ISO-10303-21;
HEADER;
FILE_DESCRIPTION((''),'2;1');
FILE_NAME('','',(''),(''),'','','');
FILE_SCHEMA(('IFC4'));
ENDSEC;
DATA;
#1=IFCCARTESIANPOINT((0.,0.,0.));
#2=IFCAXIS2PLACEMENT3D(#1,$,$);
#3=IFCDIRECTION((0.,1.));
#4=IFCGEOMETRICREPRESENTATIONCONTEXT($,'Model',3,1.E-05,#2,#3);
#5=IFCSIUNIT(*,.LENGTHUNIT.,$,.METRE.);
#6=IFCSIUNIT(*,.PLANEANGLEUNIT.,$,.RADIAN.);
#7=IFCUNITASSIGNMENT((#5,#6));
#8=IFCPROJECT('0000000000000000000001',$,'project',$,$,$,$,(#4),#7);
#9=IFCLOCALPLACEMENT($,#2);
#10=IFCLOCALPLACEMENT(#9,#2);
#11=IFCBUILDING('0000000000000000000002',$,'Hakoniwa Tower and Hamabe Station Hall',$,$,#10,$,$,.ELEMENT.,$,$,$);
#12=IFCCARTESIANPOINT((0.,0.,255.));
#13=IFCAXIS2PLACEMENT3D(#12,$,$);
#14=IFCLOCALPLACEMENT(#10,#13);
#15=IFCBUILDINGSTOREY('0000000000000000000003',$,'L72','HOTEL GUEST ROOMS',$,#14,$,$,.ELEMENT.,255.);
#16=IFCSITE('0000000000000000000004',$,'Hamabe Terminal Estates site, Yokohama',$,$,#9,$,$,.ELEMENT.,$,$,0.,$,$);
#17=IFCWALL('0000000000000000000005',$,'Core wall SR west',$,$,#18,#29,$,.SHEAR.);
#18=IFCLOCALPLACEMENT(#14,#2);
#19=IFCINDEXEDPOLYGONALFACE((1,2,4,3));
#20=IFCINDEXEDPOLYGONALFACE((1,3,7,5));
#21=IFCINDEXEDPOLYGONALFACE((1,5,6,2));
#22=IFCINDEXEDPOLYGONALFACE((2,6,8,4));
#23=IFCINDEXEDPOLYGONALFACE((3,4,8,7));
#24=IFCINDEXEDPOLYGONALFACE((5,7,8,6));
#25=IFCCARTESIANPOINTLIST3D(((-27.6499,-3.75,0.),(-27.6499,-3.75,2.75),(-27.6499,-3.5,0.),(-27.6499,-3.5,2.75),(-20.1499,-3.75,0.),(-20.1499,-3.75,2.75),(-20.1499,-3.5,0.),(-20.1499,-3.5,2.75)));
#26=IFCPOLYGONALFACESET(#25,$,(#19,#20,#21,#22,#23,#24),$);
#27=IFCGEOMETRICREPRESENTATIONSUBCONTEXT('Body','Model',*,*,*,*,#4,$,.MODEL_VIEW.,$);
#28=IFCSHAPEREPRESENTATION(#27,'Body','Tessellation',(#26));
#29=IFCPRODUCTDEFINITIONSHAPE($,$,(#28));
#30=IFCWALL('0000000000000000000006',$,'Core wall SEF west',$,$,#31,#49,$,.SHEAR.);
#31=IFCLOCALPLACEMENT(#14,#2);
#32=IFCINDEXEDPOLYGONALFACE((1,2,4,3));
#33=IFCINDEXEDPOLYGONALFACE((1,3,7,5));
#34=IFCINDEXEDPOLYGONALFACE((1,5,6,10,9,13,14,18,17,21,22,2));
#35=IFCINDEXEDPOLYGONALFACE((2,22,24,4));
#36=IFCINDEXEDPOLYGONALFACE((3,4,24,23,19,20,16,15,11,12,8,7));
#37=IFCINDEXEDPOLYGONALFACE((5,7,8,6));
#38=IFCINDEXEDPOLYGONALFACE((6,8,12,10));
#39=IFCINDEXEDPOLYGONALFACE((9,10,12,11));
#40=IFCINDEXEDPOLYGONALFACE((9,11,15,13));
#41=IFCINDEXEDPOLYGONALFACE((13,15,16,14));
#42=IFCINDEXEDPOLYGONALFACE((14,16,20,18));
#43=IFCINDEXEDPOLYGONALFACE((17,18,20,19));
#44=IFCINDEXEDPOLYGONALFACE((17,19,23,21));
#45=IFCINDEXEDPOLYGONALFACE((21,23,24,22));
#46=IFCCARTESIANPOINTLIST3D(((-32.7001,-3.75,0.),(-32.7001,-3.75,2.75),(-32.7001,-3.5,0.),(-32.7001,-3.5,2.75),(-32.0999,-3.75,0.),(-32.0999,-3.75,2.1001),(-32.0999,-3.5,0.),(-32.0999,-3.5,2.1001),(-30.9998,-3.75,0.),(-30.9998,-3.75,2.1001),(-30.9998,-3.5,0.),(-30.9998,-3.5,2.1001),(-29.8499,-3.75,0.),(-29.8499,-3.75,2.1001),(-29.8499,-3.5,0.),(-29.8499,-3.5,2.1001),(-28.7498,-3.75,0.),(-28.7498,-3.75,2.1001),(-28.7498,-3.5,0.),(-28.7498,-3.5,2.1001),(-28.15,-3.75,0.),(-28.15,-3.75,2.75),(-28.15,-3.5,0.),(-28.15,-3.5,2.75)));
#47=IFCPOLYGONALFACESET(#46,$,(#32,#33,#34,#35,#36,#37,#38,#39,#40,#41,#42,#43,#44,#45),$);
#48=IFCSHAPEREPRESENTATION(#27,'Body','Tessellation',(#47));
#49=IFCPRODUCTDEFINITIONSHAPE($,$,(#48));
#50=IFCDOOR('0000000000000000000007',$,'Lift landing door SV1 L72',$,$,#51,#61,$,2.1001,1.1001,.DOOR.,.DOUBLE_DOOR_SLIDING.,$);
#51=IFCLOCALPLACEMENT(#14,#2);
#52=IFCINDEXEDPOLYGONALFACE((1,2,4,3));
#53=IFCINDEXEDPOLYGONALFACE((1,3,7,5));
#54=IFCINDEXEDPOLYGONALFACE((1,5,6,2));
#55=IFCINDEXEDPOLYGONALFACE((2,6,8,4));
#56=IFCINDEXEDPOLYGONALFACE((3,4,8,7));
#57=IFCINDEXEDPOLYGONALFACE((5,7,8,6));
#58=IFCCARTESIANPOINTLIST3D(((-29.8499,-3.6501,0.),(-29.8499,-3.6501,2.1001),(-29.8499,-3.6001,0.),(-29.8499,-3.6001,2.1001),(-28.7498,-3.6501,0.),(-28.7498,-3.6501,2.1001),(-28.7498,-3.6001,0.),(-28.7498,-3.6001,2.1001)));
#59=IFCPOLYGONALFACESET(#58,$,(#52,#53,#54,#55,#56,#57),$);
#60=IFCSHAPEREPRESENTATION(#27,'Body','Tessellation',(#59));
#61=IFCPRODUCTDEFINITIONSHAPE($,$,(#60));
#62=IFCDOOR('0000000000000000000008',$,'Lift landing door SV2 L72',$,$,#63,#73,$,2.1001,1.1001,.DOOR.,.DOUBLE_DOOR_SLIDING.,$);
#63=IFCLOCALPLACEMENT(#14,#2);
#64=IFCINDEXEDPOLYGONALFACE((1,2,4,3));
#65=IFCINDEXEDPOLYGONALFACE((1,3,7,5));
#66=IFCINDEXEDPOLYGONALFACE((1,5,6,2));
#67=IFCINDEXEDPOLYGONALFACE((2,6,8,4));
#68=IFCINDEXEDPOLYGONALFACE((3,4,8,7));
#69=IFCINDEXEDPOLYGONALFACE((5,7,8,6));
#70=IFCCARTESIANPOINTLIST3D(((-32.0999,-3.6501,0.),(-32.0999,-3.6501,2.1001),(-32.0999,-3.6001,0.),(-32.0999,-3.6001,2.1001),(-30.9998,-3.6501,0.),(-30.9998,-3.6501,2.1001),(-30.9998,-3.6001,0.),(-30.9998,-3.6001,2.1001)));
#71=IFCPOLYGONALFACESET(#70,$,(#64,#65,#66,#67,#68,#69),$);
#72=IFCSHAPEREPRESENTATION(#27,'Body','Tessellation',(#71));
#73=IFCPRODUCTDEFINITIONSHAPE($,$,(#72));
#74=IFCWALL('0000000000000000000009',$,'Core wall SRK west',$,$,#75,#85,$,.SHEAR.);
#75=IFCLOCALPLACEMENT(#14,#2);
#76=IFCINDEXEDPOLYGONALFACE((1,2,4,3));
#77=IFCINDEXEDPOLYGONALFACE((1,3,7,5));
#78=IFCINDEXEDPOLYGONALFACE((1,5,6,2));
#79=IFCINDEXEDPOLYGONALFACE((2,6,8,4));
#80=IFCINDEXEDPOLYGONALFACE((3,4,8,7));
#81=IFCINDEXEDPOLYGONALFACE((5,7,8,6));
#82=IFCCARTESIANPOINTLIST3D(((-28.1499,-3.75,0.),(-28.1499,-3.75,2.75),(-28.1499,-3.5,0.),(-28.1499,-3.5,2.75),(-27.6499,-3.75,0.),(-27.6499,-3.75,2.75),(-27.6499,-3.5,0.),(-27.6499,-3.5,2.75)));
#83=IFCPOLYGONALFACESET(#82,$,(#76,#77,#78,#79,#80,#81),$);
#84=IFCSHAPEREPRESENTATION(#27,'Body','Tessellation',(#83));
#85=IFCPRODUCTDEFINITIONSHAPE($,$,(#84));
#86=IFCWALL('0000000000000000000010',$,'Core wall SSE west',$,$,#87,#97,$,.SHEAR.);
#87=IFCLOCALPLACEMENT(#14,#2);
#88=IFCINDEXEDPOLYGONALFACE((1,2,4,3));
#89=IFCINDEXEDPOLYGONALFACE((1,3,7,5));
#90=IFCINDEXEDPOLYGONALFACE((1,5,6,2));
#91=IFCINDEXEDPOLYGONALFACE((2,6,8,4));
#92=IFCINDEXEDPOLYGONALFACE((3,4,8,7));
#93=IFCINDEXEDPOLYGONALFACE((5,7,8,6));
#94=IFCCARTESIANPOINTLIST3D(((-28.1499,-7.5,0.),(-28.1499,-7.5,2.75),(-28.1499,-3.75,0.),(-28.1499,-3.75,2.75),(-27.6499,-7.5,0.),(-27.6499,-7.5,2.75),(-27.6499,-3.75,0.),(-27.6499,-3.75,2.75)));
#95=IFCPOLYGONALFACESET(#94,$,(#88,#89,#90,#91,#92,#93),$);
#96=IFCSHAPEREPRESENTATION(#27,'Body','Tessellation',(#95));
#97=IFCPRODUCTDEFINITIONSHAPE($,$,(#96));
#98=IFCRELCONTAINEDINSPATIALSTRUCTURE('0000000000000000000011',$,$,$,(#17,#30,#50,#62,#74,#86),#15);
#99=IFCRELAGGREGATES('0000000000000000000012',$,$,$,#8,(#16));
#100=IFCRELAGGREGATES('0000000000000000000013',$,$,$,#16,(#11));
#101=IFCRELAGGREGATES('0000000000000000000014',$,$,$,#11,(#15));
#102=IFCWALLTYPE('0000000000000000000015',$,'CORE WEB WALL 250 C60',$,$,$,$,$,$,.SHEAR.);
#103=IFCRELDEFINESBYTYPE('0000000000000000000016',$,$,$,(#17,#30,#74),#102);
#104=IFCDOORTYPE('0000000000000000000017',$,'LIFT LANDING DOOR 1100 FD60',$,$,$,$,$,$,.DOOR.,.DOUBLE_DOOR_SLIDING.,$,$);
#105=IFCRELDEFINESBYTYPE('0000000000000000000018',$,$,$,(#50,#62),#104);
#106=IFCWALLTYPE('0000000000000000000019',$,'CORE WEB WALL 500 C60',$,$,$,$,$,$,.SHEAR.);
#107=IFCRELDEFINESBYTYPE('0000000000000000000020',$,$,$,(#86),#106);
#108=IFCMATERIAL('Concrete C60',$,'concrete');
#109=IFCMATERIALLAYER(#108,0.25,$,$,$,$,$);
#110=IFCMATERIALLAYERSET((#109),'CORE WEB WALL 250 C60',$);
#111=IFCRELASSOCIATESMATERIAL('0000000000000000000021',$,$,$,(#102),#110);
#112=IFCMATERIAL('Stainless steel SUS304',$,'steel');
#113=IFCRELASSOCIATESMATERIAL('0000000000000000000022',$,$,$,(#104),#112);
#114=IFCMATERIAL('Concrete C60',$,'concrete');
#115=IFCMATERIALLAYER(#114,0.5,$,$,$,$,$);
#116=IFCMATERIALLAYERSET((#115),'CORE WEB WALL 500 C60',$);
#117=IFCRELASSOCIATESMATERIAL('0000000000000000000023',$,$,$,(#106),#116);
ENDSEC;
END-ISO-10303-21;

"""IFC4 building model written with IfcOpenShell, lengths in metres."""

from ifc_helpers import new_model, si_unit, direction, frame, frame_2d, origin, place, context, subcontext, project, spatial, rectangle, extrude, material, layer, layer_set, type_object, element, fill, save


model = new_model("IFC4")

# Units and contexts
model_context = context("Model", 3, precision=1e-05, world=origin(), true_north=direction((0.0, 1.0)))
body_context = subcontext(model_context, "Body", "Model", "MODEL_VIEW")
ifc_project = project(units=[si_unit("LENGTHUNIT", "METRE"), si_unit("PLANEANGLEUNIT", "RADIAN")], contexts=[model_context])

# Site, building, storey
site_placement = place(None, origin())
site = spatial("IfcSite", under=ifc_project, at=site_placement, Name="Hamabe Terminal Estates site, Yokohama", CompositionType="ELEMENT", RefElevation=0.0)
building_placement = place(site_placement, origin())
building = spatial("IfcBuilding", under=site, at=building_placement, Name="Hakoniwa Tower and Hamabe Station Hall", CompositionType="ELEMENT")
storey_placement = place(building_placement, frame((0.0, 0.0, 255.0)))
storey = spatial("IfcBuildingStorey", under=building, at=storey_placement, Name="L72", Description="HOTEL GUEST ROOMS", CompositionType="ELEMENT", Elevation=255.0)

# Wall
ifc_material_1 = material(Name="Concrete C60", Category="concrete")
ifc_layer_1 = layer(ifc_material_1, 0.25)
ifc_layer_set_1 = layer_set([ifc_layer_1], Name="CORE WEB WALL 250 C60")
wall_type_1 = type_object("IfcWallType", Name="CORE WEB WALL 250 C60", PredefinedType="SHEAR", material=ifc_layer_set_1)
wall_1_placement = place(storey_placement, frame((-27.6499, -3.625, 0.0), z_axis=(0.0, 0.0, 1.0), x_axis=(1.0, 0.0, 0.0)))
element("IfcWall", 1, at=wall_1_placement, inside=storey, type_object=wall_type_1, Name="Core wall SR west", PredefinedType="SHEAR", context=body_context, shape_type="SweptSolid", body=[
    extrude(rectangle(XDim=7.5, YDim=0.25, at=frame_2d((3.75, 0.0))), origin(), (0.0, 0.0, 1.0), 2.75),
])

# Wall, openings, doors
wall_2_placement = place(storey_placement, frame((-32.7, -3.625, 0.0), z_axis=(0.0, 0.0, 1.0), x_axis=(1.0, 0.0, 0.0)))
wall_2 = element("IfcWall", 2, at=wall_2_placement, inside=storey, type_object=wall_type_1, Name="Core wall SEF west", PredefinedType="SHEAR", context=body_context, shape_type="SweptSolid", body=[
    extrude(rectangle(XDim=4.55, YDim=0.25, at=frame_2d((2.2749, 0.0))), origin(), (0.0, 0.0, 1.0), 2.75),
])
opening_1_placement = place(wall_2_placement, frame((2.8501, 0.0, 0.0)))
opening_1 = element("IfcOpeningElement", 3, at=opening_1_placement, cuts=wall_2, PredefinedType="OPENING", context=body_context, shape_type="SweptSolid", body=[
    extrude(rectangle(XDim=1.1001, YDim=2.1001, at=frame_2d((0.55, 1.05))), frame((0.0, 0.135, 0.0), z_axis=(0.0, -1.0, 0.0), x_axis=(1.0, 0.0, 0.0)), (0.0, 0.0, 1.0), 0.27),
])
opening_2_placement = place(wall_2_placement, frame((0.6001, 0.0, 0.0)))
opening_2 = element("IfcOpeningElement", 4, at=opening_2_placement, cuts=wall_2, PredefinedType="OPENING", context=body_context, shape_type="SweptSolid", body=[
    extrude(rectangle(XDim=1.1001, YDim=2.1001, at=frame_2d((0.55, 1.05))), frame((0.0, 0.135, 0.0), z_axis=(0.0, -1.0, 0.0), x_axis=(1.0, 0.0, 0.0)), (0.0, 0.0, 1.0), 0.27),
])
ifc_material_2 = material(Name="Stainless steel SUS304", Category="steel")
door_type_1 = type_object("IfcDoorType", Name="LIFT LANDING DOOR 1100 FD60", OperationType="DOUBLE_DOOR_SLIDING", PredefinedType="DOOR", material=ifc_material_2)
door_1_placement = place(opening_1_placement, origin())
door_1 = element("IfcDoor", 5, at=door_1_placement, inside=storey, type_object=door_type_1, Name="Lift landing door SV1 L72", OperationType="DOUBLE_DOOR_SLIDING", OverallHeight=2.1001, OverallWidth=1.1001, PredefinedType="DOOR", context=body_context, shape_type="SweptSolid", body=[
    extrude(rectangle(XDim=1.1001, YDim=2.1001, at=frame_2d((0.55, 1.05))), frame((0.0, 0.0249, 0.0), z_axis=(0.0, -1.0, 0.0), x_axis=(1.0, 0.0, 0.0)), (0.0, 0.0, 1.0), 0.05),
])
fill(opening_1, door_1)
door_2_placement = place(opening_2_placement, origin())
door_2 = element("IfcDoor", 6, at=door_2_placement, inside=storey, type_object=door_type_1, Name="Lift landing door SV2 L72", OperationType="DOUBLE_DOOR_SLIDING", OverallHeight=2.1001, OverallWidth=1.1001, PredefinedType="DOOR", context=body_context, shape_type="SweptSolid", body=[
    extrude(rectangle(XDim=1.1001, YDim=2.1001, at=frame_2d((0.55, 1.05))), frame((0.0, 0.0249, 0.0), z_axis=(0.0, -1.0, 0.0), x_axis=(1.0, 0.0, 0.0)), (0.0, 0.0, 1.0), 0.05),
])
fill(opening_2, door_2)

# Walls
wall_3_placement = place(storey_placement, frame((-28.1499, -3.625, 0.0), z_axis=(0.0, 0.0, 1.0), x_axis=(1.0, 0.0, 0.0)))
element("IfcWall", 7, at=wall_3_placement, inside=storey, type_object=wall_type_1, Name="Core wall SRK west", PredefinedType="SHEAR", context=body_context, shape_type="SweptSolid", body=[
    extrude(rectangle(XDim=0.5, YDim=0.25, at=frame_2d((0.25, 0.0))), origin(), (0.0, 0.0, 1.0), 2.75),
])
ifc_material_3 = material(Name="Concrete C60", Category="concrete")
ifc_layer_2 = layer(ifc_material_3, 0.5)
ifc_layer_set_2 = layer_set([ifc_layer_2], Name="CORE WEB WALL 500 C60")
wall_type_2 = type_object("IfcWallType", Name="CORE WEB WALL 500 C60", PredefinedType="SHEAR", material=ifc_layer_set_2)
wall_4_placement = place(storey_placement, frame((-27.8999, -7.5, 0.0), z_axis=(0.0, 0.0, 1.0), x_axis=(0.0, 1.0, 0.0)))
element("IfcWall", 8, at=wall_4_placement, inside=storey, type_object=wall_type_2, Name="Core wall SSE west", PredefinedType="SHEAR", context=body_context, shape_type="SweptSolid", body=[
    extrude(rectangle(XDim=3.75, YDim=0.5, at=frame_2d((1.875, 0.0))), origin(), (0.0, 0.0, 1.0), 2.75),
])

save(model, "model.ifc")
